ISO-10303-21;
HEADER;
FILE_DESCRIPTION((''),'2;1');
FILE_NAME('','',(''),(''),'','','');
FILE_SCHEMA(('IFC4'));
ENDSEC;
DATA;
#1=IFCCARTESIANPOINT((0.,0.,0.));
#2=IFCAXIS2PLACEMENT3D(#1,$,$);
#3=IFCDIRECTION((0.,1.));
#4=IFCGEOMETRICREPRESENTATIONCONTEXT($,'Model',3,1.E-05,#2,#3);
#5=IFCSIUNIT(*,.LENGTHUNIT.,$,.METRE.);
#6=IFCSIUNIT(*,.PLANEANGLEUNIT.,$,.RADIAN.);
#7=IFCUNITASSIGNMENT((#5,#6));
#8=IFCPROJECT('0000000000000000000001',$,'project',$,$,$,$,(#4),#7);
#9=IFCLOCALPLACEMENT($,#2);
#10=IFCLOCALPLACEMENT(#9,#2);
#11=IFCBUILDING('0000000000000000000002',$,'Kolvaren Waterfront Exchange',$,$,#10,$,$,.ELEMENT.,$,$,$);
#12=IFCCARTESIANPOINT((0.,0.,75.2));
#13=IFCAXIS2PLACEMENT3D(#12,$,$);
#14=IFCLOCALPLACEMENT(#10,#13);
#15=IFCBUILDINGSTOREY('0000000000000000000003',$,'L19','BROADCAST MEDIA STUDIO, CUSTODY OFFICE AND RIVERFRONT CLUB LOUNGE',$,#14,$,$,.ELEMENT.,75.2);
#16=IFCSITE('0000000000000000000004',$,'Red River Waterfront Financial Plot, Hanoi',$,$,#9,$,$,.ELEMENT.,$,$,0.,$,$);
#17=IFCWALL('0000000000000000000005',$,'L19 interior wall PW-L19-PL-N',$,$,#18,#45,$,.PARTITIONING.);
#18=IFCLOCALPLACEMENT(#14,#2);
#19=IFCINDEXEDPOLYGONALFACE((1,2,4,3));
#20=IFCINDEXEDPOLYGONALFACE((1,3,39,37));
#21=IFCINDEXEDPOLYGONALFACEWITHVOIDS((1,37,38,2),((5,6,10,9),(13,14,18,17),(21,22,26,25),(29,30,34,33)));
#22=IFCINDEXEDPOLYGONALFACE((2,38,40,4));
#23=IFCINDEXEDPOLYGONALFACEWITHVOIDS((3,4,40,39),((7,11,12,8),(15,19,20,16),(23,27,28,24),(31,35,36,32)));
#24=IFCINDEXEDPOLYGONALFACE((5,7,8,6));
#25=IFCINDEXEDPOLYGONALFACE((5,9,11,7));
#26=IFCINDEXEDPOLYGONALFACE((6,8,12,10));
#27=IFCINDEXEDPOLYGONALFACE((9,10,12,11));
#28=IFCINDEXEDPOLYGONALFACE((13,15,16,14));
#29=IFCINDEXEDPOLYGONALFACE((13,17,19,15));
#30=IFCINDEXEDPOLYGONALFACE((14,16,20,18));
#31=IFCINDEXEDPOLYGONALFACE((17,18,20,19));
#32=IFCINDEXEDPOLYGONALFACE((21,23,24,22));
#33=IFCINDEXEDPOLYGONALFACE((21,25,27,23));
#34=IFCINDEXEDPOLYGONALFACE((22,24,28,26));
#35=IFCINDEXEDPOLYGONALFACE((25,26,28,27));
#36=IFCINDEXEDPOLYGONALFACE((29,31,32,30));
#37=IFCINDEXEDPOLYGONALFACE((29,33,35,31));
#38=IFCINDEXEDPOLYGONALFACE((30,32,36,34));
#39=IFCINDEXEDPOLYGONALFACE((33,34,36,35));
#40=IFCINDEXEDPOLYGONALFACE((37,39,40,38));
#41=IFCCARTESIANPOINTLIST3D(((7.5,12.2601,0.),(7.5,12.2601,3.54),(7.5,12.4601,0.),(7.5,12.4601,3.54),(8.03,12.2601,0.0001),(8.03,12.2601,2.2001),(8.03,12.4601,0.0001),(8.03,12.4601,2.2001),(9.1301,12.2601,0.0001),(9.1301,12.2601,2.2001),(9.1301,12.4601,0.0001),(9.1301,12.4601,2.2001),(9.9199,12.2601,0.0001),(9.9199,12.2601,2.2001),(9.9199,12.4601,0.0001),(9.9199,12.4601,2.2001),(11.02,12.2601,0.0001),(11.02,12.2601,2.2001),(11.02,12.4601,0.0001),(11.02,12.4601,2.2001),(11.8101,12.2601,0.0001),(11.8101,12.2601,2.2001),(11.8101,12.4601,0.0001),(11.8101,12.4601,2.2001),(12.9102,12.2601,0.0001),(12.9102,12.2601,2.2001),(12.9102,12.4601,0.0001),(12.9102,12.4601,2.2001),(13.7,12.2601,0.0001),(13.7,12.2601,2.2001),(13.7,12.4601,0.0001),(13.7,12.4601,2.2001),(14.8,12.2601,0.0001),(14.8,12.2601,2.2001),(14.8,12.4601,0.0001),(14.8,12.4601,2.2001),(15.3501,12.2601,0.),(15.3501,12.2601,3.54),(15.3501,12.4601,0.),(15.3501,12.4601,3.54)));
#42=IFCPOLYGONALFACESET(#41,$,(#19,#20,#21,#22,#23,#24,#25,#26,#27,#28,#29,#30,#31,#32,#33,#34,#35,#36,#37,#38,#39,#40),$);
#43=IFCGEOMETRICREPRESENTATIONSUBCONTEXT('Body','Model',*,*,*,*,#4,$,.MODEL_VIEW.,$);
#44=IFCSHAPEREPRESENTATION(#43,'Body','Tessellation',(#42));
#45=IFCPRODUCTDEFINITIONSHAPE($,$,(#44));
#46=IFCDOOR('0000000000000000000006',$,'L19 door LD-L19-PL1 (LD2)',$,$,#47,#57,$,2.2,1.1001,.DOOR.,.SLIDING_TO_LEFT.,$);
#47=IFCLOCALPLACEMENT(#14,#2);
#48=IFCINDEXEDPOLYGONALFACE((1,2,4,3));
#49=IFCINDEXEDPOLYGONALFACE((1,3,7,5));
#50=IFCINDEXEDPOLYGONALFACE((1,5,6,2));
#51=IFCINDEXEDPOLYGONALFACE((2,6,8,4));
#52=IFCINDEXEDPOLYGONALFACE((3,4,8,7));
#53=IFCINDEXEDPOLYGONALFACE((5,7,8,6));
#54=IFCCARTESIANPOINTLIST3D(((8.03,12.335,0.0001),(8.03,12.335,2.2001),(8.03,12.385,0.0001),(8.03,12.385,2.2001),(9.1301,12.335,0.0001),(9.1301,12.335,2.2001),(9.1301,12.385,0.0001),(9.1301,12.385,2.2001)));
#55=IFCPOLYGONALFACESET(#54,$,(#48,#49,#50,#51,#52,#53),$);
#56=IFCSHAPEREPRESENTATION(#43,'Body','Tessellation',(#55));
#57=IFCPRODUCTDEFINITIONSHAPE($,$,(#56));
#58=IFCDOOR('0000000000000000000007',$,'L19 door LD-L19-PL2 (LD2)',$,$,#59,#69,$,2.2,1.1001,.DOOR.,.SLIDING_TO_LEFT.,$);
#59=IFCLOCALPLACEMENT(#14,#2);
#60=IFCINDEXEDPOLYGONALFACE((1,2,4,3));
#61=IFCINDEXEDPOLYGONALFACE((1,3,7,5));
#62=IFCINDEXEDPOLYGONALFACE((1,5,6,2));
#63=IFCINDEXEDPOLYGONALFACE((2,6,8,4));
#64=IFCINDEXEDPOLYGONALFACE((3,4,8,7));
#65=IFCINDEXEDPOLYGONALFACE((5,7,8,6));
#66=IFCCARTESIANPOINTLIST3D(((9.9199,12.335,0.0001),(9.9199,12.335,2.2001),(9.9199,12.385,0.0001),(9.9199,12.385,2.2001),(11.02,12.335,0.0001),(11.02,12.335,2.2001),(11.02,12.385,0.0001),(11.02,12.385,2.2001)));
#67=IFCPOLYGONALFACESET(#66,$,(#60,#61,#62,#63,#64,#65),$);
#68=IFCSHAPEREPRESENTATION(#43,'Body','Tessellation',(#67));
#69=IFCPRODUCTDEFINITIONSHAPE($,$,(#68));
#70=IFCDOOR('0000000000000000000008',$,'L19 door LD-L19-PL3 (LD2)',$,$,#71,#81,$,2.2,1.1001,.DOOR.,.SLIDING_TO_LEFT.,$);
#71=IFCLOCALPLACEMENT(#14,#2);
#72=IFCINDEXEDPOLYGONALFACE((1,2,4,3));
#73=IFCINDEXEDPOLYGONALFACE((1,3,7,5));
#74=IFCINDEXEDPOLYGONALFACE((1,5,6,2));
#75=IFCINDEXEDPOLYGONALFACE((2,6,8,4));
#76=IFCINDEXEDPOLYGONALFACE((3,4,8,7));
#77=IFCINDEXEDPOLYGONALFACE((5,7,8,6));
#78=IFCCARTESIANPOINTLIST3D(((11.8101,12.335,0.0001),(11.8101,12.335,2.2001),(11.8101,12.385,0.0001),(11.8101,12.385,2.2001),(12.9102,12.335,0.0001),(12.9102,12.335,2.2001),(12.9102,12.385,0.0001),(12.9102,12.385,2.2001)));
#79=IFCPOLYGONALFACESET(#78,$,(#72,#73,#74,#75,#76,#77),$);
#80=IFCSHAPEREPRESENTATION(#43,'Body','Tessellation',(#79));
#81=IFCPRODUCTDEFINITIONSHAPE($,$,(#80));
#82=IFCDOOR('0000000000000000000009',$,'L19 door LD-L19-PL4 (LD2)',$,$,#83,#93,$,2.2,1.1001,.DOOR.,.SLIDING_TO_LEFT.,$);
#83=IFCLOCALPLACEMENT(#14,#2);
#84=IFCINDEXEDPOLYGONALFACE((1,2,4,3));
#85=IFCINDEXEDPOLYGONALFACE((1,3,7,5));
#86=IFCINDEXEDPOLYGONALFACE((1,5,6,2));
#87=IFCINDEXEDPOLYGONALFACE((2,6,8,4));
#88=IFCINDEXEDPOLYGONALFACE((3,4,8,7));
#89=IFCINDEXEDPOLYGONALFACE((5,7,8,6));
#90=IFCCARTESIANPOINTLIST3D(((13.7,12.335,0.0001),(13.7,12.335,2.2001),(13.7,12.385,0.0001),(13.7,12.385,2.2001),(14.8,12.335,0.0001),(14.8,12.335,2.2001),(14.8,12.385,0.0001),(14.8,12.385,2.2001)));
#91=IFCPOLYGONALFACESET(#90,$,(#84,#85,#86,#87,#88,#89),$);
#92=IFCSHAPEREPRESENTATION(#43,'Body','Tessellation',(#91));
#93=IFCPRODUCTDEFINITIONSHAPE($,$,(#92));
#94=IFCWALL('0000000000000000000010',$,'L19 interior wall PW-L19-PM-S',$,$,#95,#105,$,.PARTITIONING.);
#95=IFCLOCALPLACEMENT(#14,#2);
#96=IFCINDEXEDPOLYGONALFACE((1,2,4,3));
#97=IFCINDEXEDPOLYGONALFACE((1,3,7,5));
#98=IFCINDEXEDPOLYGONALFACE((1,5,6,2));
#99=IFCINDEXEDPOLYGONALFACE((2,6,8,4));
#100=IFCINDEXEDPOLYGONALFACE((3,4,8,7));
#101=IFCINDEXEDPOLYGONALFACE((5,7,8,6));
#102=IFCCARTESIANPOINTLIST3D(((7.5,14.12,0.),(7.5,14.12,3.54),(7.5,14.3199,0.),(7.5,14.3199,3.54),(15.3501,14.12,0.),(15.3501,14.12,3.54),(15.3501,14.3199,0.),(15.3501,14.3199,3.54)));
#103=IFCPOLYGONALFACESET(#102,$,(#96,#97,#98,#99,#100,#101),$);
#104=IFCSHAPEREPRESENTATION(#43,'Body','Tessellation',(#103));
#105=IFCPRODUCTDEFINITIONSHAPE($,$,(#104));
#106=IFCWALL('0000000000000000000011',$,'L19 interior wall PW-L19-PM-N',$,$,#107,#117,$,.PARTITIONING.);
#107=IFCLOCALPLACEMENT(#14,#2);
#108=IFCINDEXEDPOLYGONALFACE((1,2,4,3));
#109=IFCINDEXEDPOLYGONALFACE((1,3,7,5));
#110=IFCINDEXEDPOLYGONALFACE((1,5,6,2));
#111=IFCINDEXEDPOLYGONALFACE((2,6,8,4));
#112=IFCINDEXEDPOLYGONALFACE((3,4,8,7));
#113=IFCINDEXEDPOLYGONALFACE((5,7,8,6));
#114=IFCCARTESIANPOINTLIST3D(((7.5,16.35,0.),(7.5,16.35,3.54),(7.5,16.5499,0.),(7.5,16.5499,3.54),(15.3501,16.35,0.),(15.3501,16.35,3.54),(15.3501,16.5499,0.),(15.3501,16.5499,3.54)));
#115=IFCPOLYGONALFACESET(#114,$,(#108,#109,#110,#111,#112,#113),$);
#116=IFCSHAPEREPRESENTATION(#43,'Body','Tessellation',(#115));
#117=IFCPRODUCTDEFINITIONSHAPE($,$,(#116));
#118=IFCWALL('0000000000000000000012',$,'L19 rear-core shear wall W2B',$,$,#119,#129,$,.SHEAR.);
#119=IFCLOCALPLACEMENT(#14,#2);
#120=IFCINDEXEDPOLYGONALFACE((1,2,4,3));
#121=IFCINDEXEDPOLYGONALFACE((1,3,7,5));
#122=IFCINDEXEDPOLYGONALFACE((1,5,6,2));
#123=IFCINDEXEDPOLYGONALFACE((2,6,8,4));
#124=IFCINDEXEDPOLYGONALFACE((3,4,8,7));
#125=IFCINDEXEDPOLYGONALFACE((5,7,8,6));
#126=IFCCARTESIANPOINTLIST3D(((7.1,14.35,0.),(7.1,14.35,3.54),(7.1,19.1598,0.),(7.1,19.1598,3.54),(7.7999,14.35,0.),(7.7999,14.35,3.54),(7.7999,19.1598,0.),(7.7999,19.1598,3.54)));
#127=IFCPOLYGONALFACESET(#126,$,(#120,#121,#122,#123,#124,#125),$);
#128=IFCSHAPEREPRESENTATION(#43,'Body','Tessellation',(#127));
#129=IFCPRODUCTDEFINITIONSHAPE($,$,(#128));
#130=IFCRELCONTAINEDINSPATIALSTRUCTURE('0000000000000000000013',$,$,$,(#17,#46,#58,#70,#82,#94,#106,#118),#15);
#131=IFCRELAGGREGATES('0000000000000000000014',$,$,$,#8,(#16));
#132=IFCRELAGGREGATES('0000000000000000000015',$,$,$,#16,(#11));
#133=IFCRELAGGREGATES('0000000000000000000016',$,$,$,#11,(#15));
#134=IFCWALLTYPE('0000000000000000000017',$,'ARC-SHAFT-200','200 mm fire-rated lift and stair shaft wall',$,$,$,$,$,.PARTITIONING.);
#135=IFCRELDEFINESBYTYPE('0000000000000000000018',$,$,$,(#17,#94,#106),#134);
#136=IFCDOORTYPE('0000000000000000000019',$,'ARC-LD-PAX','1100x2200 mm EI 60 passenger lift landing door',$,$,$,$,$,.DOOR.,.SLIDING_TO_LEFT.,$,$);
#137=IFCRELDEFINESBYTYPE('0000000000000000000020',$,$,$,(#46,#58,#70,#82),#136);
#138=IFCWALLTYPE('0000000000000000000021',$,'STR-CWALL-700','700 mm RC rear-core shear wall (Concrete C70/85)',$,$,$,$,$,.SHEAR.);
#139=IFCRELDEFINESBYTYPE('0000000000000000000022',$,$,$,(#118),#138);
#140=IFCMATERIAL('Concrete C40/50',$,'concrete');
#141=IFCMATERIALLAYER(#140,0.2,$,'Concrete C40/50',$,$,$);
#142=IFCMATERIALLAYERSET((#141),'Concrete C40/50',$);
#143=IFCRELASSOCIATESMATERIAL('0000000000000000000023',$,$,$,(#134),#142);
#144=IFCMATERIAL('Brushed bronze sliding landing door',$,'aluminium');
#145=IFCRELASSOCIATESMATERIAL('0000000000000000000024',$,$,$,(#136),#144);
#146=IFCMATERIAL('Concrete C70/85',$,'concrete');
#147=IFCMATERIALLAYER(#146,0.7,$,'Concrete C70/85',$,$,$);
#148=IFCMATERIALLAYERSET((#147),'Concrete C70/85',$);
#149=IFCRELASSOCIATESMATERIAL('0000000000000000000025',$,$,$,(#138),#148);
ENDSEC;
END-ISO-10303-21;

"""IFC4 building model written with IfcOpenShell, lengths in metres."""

from ifc_helpers import new_model, si_unit, direction, frame, frame_2d, origin, place, context, subcontext, project, spatial, rectangle, extrude, material, layer, layer_set, type_object, element, fill, save


model = new_model("IFC4")

# Units and contexts
model_context = context("Model", 3, precision=1e-05, world=origin(), true_north=direction((0.0, 1.0)))
body_context = subcontext(model_context, "Body", "Model", "MODEL_VIEW")
ifc_project = project(units=[si_unit("LENGTHUNIT", "METRE"), si_unit("PLANEANGLEUNIT", "RADIAN")], contexts=[model_context])

# Site, building, storey
site_placement = place(None, origin())
site = spatial("IfcSite", under=ifc_project, at=site_placement, Name="Red River Waterfront Financial Plot, Hanoi", CompositionType="ELEMENT", RefElevation=0.0)
building_placement = place(site_placement, origin())
building = spatial("IfcBuilding", under=site, at=building_placement, Name="Kolvaren Waterfront Exchange", CompositionType="ELEMENT")
storey_placement = place(building_placement, frame((0.0, 0.0, 75.2)))
storey = spatial("IfcBuildingStorey", under=building, at=storey_placement, Name="L19", Description="BROADCAST MEDIA STUDIO, CUSTODY OFFICE AND RIVERFRONT CLUB LOUNGE", CompositionType="ELEMENT", Elevation=75.2)

# Wall, openings, doors
ifc_material_1 = material(Name="Concrete C40/50", Category="concrete")
ifc_layer_1 = layer(ifc_material_1, 0.2, Name="Concrete C40/50")
ifc_layer_set_1 = layer_set([ifc_layer_1], Name="Concrete C40/50")
wall_type_1 = type_object("IfcWallType", Name="ARC-SHAFT-200", Description="200 mm fire-rated lift and stair shaft wall", PredefinedType="PARTITIONING", material=ifc_layer_set_1)
wall_1_placement = place(storey_placement, frame((7.5, 12.3601, 0.0), z_axis=(0.0, 0.0, 1.0), x_axis=(1.0, 0.0, 0.0)))
wall_1 = element("IfcWall", 1, at=wall_1_placement, inside=storey, type_object=wall_type_1, Name="L19 interior wall PW-L19-PL-N", PredefinedType="PARTITIONING", context=body_context, shape_type="SweptSolid", body=[
    extrude(rectangle(XDim=7.8501, YDim=0.2, at=frame_2d((3.925, 0.0))), origin(), (0.0, 0.0, 1.0), 3.54),
])
opening_1_placement = place(wall_1_placement, frame((0.53, 0.0, 0.0)))
opening_1 = element("IfcOpeningElement", 2, at=opening_1_placement, cuts=wall_1, PredefinedType="OPENING", context=body_context, shape_type="SweptSolid", body=[
    extrude(rectangle(XDim=1.1001, YDim=2.2, at=frame_2d((0.55, 1.1001))), frame((0.0, 0.1099, 0.0), z_axis=(0.0, -1.0, 0.0), x_axis=(1.0, 0.0, 0.0)), (0.0, 0.0, 1.0), 0.22),
])
opening_2_placement = place(wall_1_placement, frame((2.4199, 0.0, 0.0)))
opening_2 = element("IfcOpeningElement", 3, at=opening_2_placement, cuts=wall_1, PredefinedType="OPENING", context=body_context, shape_type="SweptSolid", body=[
    extrude(rectangle(XDim=1.1001, YDim=2.2, at=frame_2d((0.55, 1.1001))), frame((0.0, 0.1099, 0.0), z_axis=(0.0, -1.0, 0.0), x_axis=(1.0, 0.0, 0.0)), (0.0, 0.0, 1.0), 0.22),
])
opening_3_placement = place(wall_1_placement, frame((4.3101, 0.0, 0.0)))
opening_3 = element("IfcOpeningElement", 4, at=opening_3_placement, cuts=wall_1, PredefinedType="OPENING", context=body_context, shape_type="SweptSolid", body=[
    extrude(rectangle(XDim=1.1001, YDim=2.2, at=frame_2d((0.55, 1.1001))), frame((0.0, 0.1099, 0.0), z_axis=(0.0, -1.0, 0.0), x_axis=(1.0, 0.0, 0.0)), (0.0, 0.0, 1.0), 0.22),
])
opening_4_placement = place(wall_1_placement, frame((6.2, 0.0, 0.0)))
opening_4 = element("IfcOpeningElement", 5, at=opening_4_placement, cuts=wall_1, PredefinedType="OPENING", context=body_context, shape_type="SweptSolid", body=[
    extrude(rectangle(XDim=1.1001, YDim=2.2, at=frame_2d((0.55, 1.1001))), frame((0.0, 0.1099, 0.0), z_axis=(0.0, -1.0, 0.0), x_axis=(1.0, 0.0, 0.0)), (0.0, 0.0, 1.0), 0.22),
])
ifc_material_2 = material(Name="Brushed bronze sliding landing door", Category="aluminium")
door_type = type_object("IfcDoorType", Name="ARC-LD-PAX", Description="1100x2200 mm EI 60 passenger lift landing door", OperationType="SLIDING_TO_LEFT", PredefinedType="DOOR", material=ifc_material_2)
door_1_placement = place(opening_1_placement, origin())
door_1 = element("IfcDoor", 6, at=door_1_placement, inside=storey, type_object=door_type, Name="L19 door LD-L19-PL1 (LD2)", OperationType="SLIDING_TO_LEFT", OverallHeight=2.2, OverallWidth=1.1001, PredefinedType="DOOR", context=body_context, shape_type="SweptSolid", body=[
    extrude(rectangle(XDim=1.1001, YDim=2.2, at=frame_2d((0.55, 1.1001))), frame((0.0, 0.0249, 0.0), z_axis=(0.0, -1.0, 0.0), x_axis=(1.0, 0.0, 0.0)), (0.0, 0.0, 1.0), 0.05),
])
fill(opening_1, door_1)
door_2_placement = place(opening_2_placement, origin())
door_2 = element("IfcDoor", 7, at=door_2_placement, inside=storey, type_object=door_type, Name="L19 door LD-L19-PL2 (LD2)", OperationType="SLIDING_TO_LEFT", OverallHeight=2.2, OverallWidth=1.1001, PredefinedType="DOOR", context=body_context, shape_type="SweptSolid", body=[
    extrude(rectangle(XDim=1.1001, YDim=2.2, at=frame_2d((0.55, 1.1001))), frame((0.0, 0.0249, 0.0), z_axis=(0.0, -1.0, 0.0), x_axis=(1.0, 0.0, 0.0)), (0.0, 0.0, 1.0), 0.05),
])
fill(opening_2, door_2)
door_3_placement = place(opening_3_placement, origin())
door_3 = element("IfcDoor", 8, at=door_3_placement, inside=storey, type_object=door_type, Name="L19 door LD-L19-PL3 (LD2)", OperationType="SLIDING_TO_LEFT", OverallHeight=2.2, OverallWidth=1.1001, PredefinedType="DOOR", context=body_context, shape_type="SweptSolid", body=[
    extrude(rectangle(XDim=1.1001, YDim=2.2, at=frame_2d((0.55, 1.1001))), frame((0.0, 0.0249, 0.0), z_axis=(0.0, -1.0, 0.0), x_axis=(1.0, 0.0, 0.0)), (0.0, 0.0, 1.0), 0.05),
])
fill(opening_3, door_3)
door_4_placement = place(opening_4_placement, origin())
door_4 = element("IfcDoor", 9, at=door_4_placement, inside=storey, type_object=door_type, Name="L19 door LD-L19-PL4 (LD2)", OperationType="SLIDING_TO_LEFT", OverallHeight=2.2, OverallWidth=1.1001, PredefinedType="DOOR", context=body_context, shape_type="SweptSolid", body=[
    extrude(rectangle(XDim=1.1001, YDim=2.2, at=frame_2d((0.55, 1.1001))), frame((0.0, 0.0249, 0.0), z_axis=(0.0, -1.0, 0.0), x_axis=(1.0, 0.0, 0.0)), (0.0, 0.0, 1.0), 0.05),
])
fill(opening_4, door_4)

# Walls
for number, where, z_axis, x_axis, name in (
    (10, (7.5, 14.22, 0.0), (0.0, 0.0, 1.0), (1.0, 0.0, 0.0), "L19 interior wall PW-L19-PM-S"),
    (11, (7.5, 16.45, 0.0), (0.0, 0.0, 1.0), (1.0, 0.0, 0.0), "L19 interior wall PW-L19-PM-N"),
):
    element("IfcWall", number, at=place(storey_placement, frame(where, z_axis=z_axis, x_axis=x_axis)), inside=storey, type_object=wall_type_1, Name=name, PredefinedType="PARTITIONING", context=body_context, shape_type="SweptSolid", body=[
        extrude(rectangle(XDim=7.8501, YDim=0.2, at=frame_2d((3.925, 0.0))), origin(), (0.0, 0.0, 1.0), 3.54),
    ])
ifc_material_3 = material(Name="Concrete C70/85", Category="concrete")
ifc_layer_2 = layer(ifc_material_3, 0.7, Name="Concrete C70/85")
ifc_layer_set_2 = layer_set([ifc_layer_2], Name="Concrete C70/85")
wall_type_2 = type_object("IfcWallType", Name="STR-CWALL-700", Description="700 mm RC rear-core shear wall (Concrete C70/85)", PredefinedType="SHEAR", material=ifc_layer_set_2)
wall_2_placement = place(storey_placement, frame((7.45, 14.3501, 0.0), z_axis=(0.0, 0.0, 1.0), x_axis=(0.0, 1.0, 0.0)))
element("IfcWall", 12, at=wall_2_placement, inside=storey, type_object=wall_type_2, Name="L19 rear-core shear wall W2B", PredefinedType="SHEAR", context=body_context, shape_type="SweptSolid", body=[
    extrude(rectangle(XDim=4.8098, YDim=0.7, at=frame_2d((2.4048, 0.0))), origin(), (0.0, 0.0, 1.0), 3.54),
])

save(model, "model.ifc")
